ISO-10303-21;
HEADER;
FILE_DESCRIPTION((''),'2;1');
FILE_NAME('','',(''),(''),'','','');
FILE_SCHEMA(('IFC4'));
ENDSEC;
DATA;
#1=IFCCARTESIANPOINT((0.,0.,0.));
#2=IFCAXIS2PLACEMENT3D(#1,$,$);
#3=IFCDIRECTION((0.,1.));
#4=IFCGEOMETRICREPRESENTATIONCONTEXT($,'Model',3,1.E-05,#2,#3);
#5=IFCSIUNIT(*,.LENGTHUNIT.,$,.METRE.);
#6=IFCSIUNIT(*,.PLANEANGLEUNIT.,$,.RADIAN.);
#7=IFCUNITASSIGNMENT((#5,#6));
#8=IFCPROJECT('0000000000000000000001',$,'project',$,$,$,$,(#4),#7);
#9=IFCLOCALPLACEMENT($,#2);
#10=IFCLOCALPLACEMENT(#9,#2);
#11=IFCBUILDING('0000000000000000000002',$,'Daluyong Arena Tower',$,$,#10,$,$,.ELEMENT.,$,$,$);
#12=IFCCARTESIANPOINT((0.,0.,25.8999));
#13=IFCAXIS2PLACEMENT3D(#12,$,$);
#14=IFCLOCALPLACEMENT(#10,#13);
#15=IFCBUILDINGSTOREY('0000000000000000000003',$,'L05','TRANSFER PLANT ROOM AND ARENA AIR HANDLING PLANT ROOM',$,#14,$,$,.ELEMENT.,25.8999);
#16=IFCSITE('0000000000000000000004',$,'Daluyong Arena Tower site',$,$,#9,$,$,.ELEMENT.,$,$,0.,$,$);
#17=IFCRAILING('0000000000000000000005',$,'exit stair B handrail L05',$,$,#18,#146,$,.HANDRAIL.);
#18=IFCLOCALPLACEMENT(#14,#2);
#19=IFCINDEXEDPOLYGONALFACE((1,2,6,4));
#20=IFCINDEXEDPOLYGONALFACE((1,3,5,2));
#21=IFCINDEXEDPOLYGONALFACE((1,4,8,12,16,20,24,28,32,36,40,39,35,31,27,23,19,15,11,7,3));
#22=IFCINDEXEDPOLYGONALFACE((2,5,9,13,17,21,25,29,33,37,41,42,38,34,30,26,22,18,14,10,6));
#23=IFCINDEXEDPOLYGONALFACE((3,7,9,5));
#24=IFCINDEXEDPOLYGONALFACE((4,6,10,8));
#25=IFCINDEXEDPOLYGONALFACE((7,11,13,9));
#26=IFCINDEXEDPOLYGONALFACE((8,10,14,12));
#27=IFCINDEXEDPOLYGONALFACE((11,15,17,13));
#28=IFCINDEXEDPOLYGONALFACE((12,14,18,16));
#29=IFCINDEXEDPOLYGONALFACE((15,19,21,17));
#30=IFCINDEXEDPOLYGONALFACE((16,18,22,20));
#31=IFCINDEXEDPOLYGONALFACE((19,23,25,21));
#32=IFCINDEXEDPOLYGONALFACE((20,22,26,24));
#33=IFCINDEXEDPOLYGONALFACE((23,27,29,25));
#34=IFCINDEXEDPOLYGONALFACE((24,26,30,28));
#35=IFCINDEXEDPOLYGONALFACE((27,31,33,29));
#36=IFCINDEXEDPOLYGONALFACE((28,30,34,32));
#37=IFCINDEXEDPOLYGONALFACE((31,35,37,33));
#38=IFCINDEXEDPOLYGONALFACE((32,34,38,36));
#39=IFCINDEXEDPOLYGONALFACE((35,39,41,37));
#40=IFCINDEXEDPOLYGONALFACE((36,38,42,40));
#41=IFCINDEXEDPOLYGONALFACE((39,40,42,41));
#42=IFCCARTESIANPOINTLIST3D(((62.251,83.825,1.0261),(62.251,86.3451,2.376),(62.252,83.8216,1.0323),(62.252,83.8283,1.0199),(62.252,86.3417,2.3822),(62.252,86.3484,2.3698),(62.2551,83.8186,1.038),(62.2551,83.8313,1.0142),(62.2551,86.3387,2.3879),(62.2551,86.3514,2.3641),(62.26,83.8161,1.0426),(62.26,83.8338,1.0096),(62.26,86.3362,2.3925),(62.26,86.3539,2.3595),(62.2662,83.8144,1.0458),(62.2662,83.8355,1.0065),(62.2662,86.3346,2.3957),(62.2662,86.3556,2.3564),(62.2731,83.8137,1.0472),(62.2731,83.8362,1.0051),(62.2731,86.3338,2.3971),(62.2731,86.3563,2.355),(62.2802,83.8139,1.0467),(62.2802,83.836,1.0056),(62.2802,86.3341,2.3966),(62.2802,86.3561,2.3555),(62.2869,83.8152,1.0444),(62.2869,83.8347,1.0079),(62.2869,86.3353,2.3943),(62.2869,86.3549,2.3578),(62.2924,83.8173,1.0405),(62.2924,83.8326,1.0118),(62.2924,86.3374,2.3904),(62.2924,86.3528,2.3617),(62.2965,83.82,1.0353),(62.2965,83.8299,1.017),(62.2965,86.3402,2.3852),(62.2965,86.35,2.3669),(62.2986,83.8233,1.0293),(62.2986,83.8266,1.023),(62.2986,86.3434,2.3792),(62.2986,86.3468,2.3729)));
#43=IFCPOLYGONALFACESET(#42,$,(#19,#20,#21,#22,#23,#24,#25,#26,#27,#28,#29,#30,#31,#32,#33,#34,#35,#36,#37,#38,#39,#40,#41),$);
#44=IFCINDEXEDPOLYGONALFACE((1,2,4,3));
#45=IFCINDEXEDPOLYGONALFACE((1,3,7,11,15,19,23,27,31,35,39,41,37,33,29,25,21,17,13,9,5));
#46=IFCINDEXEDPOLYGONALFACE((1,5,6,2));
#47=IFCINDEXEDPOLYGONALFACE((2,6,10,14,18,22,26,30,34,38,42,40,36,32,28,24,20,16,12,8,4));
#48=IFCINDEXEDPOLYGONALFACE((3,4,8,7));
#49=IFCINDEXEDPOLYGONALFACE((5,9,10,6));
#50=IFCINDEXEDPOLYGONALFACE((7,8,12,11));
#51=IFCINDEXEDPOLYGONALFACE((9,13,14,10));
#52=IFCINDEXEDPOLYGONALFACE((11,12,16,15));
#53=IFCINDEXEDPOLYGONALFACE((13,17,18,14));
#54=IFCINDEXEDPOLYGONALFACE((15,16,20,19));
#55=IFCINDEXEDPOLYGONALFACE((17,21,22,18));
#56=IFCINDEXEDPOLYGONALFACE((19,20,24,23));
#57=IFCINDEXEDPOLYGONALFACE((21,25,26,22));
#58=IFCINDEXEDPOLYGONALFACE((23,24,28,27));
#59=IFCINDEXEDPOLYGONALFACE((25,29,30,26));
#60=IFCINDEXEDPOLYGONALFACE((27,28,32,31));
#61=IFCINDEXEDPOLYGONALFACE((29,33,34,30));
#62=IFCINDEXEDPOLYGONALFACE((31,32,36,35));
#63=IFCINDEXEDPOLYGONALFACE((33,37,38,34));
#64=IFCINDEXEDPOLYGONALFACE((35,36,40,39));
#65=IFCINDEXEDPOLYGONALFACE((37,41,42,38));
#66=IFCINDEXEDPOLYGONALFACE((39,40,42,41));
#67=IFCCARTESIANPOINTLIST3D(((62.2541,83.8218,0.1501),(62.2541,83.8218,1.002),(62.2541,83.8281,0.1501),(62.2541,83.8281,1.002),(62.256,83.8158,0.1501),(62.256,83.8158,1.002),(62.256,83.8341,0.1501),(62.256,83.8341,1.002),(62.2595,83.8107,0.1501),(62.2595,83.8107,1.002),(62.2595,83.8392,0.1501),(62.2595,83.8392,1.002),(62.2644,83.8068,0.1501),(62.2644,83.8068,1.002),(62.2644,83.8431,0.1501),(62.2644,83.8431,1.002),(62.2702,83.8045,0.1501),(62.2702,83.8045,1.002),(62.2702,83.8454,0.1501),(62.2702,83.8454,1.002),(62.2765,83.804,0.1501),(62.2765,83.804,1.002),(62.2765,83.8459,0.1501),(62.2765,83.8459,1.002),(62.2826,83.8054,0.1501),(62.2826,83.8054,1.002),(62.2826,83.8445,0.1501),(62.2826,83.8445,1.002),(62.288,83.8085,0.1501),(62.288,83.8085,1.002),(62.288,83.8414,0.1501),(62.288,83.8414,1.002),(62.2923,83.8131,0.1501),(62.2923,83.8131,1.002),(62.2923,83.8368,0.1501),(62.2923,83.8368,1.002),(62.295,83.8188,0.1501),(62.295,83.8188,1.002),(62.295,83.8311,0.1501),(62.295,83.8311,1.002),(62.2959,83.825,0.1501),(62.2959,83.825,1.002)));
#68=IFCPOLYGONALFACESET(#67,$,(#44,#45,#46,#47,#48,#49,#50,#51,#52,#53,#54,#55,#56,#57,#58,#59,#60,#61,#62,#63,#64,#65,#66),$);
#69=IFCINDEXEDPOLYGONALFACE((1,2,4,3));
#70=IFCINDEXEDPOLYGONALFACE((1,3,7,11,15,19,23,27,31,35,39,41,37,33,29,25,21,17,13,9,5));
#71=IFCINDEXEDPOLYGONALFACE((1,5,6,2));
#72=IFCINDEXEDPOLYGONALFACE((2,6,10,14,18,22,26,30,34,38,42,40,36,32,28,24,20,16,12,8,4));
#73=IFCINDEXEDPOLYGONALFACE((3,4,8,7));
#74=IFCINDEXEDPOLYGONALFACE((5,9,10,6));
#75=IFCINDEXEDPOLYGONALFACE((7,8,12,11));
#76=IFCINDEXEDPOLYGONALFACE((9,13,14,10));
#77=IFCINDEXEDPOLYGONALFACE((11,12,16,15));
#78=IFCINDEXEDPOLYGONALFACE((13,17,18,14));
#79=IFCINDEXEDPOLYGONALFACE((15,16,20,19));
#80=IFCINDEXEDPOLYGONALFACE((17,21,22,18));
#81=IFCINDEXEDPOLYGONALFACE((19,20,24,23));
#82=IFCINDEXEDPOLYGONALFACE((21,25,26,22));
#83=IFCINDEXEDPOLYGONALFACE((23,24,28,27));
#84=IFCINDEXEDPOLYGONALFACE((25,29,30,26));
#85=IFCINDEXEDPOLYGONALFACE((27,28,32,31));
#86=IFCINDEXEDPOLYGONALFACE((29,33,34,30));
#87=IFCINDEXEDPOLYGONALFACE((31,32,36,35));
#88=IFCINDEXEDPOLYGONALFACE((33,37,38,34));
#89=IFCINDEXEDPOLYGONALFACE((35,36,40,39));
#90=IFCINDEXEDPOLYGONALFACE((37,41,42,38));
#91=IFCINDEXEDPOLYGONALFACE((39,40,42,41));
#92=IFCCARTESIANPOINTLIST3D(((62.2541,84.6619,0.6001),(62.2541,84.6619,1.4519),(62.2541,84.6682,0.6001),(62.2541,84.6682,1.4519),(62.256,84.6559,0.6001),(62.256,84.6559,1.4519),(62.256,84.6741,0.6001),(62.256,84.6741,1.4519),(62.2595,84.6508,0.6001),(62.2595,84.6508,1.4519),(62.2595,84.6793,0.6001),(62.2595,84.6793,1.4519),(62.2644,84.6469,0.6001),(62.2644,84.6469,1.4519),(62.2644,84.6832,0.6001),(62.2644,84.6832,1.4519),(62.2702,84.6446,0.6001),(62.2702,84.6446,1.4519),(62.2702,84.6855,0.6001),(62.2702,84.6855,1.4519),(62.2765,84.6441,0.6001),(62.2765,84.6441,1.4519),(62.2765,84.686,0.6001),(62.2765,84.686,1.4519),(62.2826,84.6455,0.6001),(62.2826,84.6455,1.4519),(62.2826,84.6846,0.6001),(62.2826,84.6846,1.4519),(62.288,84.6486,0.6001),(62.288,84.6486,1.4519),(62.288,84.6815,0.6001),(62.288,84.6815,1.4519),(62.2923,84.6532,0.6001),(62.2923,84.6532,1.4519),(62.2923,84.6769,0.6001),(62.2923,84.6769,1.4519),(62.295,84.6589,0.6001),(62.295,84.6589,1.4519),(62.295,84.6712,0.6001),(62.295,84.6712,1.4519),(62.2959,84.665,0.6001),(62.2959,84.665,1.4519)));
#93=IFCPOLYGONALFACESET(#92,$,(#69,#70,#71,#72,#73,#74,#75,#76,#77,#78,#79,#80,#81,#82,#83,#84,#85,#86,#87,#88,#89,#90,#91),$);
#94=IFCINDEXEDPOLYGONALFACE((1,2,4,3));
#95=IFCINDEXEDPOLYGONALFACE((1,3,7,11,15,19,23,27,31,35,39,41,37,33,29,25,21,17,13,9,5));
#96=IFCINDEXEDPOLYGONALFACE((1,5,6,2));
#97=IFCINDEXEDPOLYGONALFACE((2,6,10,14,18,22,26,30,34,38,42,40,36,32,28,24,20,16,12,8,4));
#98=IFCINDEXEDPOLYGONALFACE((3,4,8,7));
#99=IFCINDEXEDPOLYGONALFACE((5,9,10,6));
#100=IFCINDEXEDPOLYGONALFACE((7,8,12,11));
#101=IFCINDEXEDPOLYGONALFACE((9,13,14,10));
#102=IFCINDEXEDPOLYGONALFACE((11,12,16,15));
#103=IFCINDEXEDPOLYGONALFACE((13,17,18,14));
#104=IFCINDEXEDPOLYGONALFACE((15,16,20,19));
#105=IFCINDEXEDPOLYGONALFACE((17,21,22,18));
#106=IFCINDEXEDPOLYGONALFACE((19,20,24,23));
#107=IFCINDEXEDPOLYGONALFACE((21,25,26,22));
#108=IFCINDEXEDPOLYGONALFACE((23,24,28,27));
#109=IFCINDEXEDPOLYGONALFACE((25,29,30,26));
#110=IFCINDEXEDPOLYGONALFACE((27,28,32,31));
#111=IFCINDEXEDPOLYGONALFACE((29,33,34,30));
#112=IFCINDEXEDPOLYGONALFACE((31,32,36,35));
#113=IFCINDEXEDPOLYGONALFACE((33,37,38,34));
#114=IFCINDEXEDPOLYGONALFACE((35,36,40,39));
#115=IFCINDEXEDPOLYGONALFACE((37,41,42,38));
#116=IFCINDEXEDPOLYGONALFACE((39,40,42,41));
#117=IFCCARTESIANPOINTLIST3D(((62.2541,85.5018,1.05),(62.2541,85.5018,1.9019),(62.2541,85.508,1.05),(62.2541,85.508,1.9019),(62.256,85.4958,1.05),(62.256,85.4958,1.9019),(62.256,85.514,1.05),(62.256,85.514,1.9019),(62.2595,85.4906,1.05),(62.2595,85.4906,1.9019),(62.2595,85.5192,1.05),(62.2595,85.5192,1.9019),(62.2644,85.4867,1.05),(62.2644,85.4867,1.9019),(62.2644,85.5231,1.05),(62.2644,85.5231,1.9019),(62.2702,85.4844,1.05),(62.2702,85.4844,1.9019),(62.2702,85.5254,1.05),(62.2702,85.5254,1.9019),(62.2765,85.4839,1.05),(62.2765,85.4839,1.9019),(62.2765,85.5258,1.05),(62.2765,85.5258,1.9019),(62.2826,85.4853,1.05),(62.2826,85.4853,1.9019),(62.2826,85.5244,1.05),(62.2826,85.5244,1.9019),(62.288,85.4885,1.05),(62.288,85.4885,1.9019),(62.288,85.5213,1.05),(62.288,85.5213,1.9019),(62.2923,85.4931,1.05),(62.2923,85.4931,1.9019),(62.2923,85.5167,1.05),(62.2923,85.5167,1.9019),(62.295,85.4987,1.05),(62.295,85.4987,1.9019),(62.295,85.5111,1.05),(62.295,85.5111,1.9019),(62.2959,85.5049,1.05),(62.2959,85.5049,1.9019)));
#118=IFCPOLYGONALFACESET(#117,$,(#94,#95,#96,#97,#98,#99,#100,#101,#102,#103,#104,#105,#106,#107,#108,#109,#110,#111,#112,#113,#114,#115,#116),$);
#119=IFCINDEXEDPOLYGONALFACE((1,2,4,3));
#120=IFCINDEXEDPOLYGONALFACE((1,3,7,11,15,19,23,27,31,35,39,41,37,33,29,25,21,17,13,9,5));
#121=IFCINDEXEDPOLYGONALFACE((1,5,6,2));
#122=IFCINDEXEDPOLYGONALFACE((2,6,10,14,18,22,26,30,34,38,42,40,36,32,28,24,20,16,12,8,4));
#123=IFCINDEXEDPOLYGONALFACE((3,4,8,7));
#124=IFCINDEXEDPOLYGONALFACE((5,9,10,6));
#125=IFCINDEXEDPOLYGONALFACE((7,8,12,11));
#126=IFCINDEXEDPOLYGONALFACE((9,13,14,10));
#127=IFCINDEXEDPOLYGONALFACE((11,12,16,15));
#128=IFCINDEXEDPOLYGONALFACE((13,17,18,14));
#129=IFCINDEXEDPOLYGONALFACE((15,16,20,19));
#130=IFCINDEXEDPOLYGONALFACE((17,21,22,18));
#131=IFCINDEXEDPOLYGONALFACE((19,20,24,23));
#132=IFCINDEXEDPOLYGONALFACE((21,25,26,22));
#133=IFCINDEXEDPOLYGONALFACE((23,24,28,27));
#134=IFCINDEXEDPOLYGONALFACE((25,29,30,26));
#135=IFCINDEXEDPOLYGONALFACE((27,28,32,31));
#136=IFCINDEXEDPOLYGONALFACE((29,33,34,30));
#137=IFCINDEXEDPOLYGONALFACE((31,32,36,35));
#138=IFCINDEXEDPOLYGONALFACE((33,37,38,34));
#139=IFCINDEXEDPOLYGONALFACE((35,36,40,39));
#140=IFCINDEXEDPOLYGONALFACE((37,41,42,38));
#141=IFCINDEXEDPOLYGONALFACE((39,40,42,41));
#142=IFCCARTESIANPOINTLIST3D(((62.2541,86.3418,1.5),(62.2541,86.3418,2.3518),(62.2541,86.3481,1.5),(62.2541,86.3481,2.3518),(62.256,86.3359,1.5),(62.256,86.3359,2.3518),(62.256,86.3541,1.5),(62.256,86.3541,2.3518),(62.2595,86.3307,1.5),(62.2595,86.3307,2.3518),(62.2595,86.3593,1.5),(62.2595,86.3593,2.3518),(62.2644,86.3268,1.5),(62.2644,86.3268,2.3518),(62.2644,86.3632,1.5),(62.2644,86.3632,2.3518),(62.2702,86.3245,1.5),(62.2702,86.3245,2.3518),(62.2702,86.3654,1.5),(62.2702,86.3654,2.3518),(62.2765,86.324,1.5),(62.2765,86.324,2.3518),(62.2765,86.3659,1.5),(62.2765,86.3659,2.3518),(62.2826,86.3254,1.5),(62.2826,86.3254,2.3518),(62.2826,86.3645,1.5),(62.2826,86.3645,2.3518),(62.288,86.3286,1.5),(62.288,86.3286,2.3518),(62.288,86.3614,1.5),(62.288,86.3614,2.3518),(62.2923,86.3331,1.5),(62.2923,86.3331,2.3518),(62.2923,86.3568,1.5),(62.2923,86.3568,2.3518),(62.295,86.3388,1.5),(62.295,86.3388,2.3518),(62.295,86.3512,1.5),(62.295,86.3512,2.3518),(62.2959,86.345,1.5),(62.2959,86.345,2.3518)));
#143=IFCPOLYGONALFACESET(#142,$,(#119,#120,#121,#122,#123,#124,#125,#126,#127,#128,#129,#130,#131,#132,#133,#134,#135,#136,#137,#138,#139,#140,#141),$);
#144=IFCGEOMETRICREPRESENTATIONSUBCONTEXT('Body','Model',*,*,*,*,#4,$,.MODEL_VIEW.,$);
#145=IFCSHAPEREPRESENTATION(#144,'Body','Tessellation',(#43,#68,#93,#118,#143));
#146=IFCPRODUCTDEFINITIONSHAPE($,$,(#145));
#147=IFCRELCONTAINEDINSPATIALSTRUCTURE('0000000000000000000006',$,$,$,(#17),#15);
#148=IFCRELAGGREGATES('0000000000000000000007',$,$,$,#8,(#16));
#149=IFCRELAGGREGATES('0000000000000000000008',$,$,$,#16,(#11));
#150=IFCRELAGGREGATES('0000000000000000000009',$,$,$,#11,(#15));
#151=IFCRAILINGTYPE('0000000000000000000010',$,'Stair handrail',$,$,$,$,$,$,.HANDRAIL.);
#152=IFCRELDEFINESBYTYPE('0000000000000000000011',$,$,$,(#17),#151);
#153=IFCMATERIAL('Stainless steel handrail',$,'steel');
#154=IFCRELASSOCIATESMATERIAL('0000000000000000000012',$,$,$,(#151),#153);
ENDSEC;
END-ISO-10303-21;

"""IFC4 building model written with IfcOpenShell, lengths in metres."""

from ifc_helpers import new_model, si_unit, direction, frame, origin, origin_2d, place, context, subcontext, project, spatial, circle, extrude, material, type_object, element, save


model = new_model("IFC4")

# Units and contexts
model_context = context("Model", 3, precision=1e-05, world=origin(), true_north=direction((0.0, 1.0)))
body_context = subcontext(model_context, "Body", "Model", "MODEL_VIEW")
ifc_project = project(units=[si_unit("LENGTHUNIT", "METRE"), si_unit("PLANEANGLEUNIT", "RADIAN")], contexts=[model_context])

# Site, building, storey
site_placement = place(None, origin())
site = spatial("IfcSite", under=ifc_project, at=site_placement, Name="Daluyong Arena Tower site", CompositionType="ELEMENT", RefElevation=0.0)
building_placement = place(site_placement, origin())
building = spatial("IfcBuilding", under=site, at=building_placement, Name="Daluyong Arena Tower", CompositionType="ELEMENT")
storey_placement = place(building_placement, frame((0.0, 0.0, 25.8999)))
storey = spatial("IfcBuildingStorey", under=building, at=storey_placement, Name="L05", Description="TRANSFER PLANT ROOM AND ARENA AIR HANDLING PLANT ROOM", CompositionType="ELEMENT", Elevation=25.8999)

# Railing
ifc_material_1 = material(Name="Stainless steel handrail", Category="steel")
railing_type = type_object("IfcRailingType", Name="Stair handrail", PredefinedType="HANDRAIL", material=ifc_material_1)
for number, where, name in (
    (1, (62.2749, 83.825, 0.1501), "exit stair B handrail L05"),
):
    element("IfcRailing", number, at=place(storey_placement, frame(where)), inside=storey, type_object=railing_type, Name=name, PredefinedType="HANDRAIL", context=body_context, shape_type="SweptSolid", body=[
        extrude(circle(Radius=0.0239, at=origin_2d()), frame((0.0, 0.0, 0.876), z_axis=(0.0, 0.881503, 0.472179), x_axis=(-1.0, 0.0, 0.0)), (0.0, 0.0, 1.0), 2.8589),
        extrude(circle(Radius=0.021, at=origin_2d()), origin(), (0.0, 0.0, 1.0), 0.8518),
        extrude(circle(Radius=0.021, at=origin_2d()), frame((0.0, 0.8401, 0.45)), (0.0, 0.0, 1.0), 0.8518),
        extrude(circle(Radius=0.021, at=origin_2d()), frame((0.0, 1.6799, 0.8999)), (0.0, 0.0, 1.0), 0.8518),
        extrude(circle(Radius=0.021, at=origin_2d()), frame((0.0, 2.52, 1.3499)), (0.0, 0.0, 1.0), 0.8518),
    ])

save(model, "model.ifc")
